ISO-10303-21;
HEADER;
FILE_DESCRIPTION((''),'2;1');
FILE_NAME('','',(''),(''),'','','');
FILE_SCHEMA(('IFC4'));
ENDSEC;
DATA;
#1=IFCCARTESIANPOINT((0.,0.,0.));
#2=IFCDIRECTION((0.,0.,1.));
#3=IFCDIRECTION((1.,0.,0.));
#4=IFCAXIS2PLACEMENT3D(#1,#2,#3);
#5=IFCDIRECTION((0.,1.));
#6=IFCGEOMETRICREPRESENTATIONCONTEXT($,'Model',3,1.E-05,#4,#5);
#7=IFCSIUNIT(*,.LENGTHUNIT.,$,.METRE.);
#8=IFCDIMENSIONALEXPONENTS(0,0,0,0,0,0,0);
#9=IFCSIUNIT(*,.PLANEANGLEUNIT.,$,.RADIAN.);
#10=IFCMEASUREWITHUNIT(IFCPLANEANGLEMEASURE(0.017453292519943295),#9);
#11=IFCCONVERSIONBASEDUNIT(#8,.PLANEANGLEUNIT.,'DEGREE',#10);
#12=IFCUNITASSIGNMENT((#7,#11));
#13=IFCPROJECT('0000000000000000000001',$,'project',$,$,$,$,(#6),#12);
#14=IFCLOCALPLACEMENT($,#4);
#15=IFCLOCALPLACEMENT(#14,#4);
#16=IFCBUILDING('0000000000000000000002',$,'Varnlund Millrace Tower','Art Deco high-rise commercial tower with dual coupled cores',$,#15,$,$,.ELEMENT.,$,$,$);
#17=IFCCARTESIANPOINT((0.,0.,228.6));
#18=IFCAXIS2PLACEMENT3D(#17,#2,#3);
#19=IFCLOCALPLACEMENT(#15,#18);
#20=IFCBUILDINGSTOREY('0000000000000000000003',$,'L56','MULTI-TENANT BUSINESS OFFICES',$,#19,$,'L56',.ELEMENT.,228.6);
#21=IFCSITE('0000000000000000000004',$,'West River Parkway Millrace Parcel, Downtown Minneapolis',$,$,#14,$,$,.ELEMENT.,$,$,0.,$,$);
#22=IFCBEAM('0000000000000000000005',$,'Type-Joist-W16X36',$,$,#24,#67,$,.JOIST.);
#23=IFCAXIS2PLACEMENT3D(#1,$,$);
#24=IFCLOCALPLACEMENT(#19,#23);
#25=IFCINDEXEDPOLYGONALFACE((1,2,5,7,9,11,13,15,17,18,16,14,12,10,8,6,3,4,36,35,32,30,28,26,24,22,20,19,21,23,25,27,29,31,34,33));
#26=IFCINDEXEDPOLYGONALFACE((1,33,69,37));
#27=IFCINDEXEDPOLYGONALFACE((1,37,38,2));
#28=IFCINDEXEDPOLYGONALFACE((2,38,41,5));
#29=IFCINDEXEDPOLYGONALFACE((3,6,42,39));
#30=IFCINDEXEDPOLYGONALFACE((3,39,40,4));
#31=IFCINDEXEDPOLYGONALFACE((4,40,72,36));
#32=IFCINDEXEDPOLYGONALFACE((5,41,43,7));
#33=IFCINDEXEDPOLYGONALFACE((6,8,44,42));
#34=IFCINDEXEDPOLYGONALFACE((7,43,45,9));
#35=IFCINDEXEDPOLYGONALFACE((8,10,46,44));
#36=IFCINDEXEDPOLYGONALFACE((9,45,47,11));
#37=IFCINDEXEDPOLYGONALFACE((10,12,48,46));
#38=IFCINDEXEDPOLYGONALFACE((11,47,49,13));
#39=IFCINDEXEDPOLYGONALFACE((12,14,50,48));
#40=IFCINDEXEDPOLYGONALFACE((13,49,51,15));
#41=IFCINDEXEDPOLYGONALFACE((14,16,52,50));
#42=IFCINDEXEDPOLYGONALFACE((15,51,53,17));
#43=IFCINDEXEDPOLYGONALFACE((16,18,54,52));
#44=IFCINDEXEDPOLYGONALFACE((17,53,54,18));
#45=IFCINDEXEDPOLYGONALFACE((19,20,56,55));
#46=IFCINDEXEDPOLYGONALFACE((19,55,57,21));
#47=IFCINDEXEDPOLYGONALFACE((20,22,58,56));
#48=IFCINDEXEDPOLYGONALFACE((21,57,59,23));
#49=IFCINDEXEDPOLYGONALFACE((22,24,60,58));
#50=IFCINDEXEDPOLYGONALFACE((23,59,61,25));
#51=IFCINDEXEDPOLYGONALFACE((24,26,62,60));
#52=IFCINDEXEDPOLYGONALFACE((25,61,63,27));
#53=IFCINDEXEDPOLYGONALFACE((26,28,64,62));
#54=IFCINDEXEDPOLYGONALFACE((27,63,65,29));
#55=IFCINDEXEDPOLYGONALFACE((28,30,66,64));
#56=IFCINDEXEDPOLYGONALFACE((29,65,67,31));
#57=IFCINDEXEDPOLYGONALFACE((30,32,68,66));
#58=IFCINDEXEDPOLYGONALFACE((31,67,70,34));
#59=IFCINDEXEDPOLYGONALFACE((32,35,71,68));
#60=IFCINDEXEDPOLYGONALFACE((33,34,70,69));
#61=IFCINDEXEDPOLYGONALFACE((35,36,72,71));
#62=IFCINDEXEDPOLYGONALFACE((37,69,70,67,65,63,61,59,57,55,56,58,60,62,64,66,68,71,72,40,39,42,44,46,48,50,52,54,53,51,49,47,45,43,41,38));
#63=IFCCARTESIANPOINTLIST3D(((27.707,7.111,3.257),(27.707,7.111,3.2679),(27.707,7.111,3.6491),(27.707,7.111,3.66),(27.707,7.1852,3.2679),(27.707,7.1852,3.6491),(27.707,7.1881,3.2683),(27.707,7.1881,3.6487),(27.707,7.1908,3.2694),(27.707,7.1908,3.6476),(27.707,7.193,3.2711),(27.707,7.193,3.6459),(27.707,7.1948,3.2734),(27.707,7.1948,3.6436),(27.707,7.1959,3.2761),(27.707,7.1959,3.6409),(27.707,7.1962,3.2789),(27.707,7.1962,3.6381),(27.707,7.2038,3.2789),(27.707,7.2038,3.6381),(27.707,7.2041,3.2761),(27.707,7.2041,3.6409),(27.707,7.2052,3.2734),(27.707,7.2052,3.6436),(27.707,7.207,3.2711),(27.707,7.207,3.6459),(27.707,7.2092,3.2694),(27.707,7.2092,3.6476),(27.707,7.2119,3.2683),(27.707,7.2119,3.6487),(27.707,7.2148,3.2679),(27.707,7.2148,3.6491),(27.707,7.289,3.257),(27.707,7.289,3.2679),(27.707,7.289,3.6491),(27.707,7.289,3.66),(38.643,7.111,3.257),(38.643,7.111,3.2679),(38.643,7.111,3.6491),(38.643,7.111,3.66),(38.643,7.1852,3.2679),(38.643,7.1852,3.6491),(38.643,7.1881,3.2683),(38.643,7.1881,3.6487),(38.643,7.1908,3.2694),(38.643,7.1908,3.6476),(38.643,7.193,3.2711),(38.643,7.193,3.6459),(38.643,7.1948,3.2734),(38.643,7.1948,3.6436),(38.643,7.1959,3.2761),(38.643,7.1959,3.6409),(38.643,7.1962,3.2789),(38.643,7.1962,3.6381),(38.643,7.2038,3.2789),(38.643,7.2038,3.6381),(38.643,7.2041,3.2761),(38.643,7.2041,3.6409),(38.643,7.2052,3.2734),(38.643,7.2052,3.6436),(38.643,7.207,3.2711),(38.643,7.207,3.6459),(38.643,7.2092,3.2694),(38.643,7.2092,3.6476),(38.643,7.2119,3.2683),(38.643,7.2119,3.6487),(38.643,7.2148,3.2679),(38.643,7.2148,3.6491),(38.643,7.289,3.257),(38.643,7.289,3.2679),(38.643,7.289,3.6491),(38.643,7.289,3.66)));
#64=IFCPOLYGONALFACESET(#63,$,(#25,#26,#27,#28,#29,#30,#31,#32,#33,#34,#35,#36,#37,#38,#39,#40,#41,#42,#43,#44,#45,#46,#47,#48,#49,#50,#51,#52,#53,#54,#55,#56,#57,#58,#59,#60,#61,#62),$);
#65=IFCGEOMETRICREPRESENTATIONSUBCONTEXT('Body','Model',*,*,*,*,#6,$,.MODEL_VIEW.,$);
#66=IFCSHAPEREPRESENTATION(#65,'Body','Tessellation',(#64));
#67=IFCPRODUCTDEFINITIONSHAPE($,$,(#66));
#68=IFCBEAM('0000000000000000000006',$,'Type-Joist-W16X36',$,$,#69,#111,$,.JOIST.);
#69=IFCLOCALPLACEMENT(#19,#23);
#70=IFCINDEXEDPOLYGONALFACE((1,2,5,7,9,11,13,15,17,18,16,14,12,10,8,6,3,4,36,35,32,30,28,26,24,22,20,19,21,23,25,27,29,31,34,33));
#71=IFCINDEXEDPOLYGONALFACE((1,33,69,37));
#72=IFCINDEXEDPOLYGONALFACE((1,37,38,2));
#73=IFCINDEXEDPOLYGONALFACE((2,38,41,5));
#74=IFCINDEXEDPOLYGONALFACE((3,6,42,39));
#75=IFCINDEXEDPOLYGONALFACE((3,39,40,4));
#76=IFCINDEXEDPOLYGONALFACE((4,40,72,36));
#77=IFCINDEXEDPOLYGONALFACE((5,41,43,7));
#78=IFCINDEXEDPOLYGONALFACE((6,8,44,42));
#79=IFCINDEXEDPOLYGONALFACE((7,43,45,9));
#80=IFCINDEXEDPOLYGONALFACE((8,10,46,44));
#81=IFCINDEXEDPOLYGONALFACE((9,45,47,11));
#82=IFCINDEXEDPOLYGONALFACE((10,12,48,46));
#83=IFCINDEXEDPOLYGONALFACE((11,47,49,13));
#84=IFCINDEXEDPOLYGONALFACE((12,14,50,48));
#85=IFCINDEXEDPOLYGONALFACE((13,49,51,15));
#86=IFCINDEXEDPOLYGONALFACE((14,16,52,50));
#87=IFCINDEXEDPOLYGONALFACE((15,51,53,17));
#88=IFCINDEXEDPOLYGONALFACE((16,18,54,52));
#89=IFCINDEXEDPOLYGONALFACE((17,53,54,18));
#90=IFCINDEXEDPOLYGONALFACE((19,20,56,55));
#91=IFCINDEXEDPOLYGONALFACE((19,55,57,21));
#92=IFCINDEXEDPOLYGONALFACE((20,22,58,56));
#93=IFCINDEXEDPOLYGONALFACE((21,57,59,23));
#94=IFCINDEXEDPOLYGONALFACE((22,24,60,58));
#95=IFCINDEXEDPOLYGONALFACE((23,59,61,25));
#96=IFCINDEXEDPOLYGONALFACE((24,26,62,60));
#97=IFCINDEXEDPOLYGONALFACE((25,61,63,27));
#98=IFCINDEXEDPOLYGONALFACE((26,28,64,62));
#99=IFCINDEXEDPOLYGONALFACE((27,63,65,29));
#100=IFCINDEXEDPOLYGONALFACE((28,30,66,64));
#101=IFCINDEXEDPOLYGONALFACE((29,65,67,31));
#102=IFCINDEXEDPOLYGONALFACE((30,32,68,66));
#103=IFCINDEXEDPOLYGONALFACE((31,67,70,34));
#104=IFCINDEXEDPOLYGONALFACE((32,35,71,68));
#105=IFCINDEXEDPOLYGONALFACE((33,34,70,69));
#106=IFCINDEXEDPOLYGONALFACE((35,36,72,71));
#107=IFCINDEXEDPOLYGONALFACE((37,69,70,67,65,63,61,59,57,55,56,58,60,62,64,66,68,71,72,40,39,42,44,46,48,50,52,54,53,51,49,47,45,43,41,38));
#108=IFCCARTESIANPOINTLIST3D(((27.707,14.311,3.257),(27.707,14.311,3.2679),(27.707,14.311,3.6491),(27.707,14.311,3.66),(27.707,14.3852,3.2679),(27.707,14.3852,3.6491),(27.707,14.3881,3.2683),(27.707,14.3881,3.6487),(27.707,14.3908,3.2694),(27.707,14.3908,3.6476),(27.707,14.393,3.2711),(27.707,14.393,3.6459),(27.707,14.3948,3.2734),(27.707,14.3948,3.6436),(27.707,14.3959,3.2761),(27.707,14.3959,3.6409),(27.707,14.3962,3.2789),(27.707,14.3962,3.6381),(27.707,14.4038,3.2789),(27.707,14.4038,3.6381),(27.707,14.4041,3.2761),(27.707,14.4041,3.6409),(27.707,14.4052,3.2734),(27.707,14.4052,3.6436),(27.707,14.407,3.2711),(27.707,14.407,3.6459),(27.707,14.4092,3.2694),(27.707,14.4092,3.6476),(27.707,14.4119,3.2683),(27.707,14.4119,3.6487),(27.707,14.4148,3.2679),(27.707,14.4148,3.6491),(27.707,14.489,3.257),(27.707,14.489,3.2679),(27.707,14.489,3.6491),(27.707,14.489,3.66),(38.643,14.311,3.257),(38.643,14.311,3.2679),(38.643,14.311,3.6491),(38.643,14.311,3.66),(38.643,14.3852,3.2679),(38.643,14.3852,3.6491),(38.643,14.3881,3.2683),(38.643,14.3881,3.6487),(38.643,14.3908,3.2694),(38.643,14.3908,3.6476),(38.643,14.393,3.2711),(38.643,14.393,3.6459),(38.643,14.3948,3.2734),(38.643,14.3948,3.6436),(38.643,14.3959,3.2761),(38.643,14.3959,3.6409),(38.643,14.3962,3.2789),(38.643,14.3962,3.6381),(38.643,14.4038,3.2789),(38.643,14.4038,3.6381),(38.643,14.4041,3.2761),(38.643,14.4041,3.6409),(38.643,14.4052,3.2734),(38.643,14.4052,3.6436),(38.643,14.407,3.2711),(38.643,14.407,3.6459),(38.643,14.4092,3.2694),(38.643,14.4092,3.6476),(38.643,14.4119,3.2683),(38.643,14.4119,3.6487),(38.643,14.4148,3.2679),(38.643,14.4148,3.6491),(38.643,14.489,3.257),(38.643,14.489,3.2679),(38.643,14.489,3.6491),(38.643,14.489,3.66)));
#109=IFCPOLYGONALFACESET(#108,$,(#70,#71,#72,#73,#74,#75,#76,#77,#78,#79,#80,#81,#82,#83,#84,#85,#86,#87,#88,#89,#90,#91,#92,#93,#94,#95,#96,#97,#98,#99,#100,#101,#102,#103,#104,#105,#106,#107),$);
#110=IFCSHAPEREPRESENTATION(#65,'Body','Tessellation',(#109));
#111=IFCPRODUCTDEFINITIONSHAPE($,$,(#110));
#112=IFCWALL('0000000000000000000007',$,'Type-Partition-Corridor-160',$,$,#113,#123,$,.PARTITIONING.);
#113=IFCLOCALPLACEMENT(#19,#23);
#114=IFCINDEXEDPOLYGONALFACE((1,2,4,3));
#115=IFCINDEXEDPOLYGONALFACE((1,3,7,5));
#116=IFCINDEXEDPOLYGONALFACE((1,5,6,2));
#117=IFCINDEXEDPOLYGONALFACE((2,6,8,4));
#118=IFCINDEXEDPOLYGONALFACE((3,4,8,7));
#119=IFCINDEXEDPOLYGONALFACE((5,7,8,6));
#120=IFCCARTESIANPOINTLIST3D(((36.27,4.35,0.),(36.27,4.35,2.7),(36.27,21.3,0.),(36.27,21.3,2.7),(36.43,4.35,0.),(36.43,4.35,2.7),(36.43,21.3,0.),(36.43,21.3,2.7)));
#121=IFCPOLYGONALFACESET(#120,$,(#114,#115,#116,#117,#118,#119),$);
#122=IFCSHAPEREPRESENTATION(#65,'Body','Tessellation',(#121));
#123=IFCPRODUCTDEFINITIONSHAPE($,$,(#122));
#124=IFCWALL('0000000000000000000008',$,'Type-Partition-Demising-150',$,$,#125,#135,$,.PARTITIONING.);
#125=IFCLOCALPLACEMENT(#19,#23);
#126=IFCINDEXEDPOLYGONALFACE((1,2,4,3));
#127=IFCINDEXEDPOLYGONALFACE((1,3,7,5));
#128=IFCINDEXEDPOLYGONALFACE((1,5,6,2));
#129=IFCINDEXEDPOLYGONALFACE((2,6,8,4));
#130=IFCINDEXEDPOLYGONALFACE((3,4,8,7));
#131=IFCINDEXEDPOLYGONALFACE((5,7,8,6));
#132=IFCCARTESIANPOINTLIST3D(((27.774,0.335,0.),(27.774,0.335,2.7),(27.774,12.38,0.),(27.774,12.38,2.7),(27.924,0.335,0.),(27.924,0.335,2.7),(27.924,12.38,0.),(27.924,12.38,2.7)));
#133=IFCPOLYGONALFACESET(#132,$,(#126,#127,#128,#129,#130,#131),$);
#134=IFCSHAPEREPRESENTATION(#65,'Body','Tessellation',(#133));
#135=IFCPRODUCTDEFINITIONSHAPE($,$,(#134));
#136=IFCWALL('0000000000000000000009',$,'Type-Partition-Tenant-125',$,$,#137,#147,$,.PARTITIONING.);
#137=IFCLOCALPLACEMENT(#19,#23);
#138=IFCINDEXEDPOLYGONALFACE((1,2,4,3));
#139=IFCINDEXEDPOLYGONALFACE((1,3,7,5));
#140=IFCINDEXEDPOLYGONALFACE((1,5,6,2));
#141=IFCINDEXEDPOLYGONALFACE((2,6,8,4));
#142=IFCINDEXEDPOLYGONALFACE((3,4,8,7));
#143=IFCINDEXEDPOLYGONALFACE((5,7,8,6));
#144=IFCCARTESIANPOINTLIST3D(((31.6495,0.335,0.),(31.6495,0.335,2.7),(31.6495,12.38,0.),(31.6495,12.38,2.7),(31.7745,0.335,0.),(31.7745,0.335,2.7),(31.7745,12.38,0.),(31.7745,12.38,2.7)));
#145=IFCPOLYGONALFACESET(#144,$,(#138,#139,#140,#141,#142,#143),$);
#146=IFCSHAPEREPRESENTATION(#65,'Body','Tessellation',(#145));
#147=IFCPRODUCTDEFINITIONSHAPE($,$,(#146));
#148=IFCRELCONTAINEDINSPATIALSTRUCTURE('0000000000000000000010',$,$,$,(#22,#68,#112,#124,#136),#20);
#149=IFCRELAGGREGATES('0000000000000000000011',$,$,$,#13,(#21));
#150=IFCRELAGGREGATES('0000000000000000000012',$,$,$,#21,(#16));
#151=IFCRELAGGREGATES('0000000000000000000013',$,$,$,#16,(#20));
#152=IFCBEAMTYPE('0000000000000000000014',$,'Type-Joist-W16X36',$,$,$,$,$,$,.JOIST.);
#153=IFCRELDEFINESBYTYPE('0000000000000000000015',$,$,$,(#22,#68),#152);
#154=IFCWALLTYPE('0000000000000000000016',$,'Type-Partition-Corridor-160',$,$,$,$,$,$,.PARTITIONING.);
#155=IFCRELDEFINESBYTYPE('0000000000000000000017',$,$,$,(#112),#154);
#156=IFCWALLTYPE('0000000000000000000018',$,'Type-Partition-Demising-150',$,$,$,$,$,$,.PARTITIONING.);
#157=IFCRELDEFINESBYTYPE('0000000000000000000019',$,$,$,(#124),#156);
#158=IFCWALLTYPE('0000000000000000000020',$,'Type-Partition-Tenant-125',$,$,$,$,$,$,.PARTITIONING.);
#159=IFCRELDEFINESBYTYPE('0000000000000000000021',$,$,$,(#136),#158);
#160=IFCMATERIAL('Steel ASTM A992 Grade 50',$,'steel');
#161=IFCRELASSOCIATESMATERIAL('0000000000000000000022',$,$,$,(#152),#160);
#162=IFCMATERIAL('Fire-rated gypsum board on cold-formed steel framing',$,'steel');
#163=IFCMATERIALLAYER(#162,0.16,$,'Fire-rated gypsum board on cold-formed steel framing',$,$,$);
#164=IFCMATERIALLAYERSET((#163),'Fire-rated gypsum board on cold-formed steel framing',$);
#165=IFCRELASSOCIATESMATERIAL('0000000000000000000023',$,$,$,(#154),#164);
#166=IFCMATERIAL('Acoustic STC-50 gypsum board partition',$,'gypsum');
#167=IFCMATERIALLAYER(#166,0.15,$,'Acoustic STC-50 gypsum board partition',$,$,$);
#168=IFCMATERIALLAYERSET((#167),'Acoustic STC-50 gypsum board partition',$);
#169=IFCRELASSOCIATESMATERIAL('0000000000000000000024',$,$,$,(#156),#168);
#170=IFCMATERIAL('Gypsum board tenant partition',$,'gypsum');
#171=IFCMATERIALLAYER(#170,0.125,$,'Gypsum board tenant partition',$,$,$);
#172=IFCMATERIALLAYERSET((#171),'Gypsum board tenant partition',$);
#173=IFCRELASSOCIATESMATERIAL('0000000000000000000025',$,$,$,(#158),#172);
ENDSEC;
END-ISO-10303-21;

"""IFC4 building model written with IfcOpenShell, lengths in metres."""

from ifc_helpers import new_model, entity, si_unit, converted_unit, direction, frame, origin_with_axes, origin_2d_with_axis, place, context, subcontext, project, spatial, polyline, i_section, outline, extrude, material, layer, layer_set, material_profile, profile_set, type_object, element, save


model = new_model("IFC4")

# Units and contexts
model_context = context("Model", 3, precision=1e-05, world=origin_with_axes(), true_north=direction((0.0, 1.0)))
body_context = subcontext(model_context, "Body", "Model", "MODEL_VIEW")
ifc_project = project(units=[si_unit("LENGTHUNIT", "METRE"), converted_unit("PLANEANGLEUNIT", "DEGREE", entity("IfcPlaneAngleMeasure", 0.017453292519943295), si_unit("PLANEANGLEUNIT", "RADIAN"), dimensions=[0, 0, 0, 0, 0, 0, 0])], contexts=[model_context])

# Site, building, storey
site_placement = place(None, origin_with_axes())
site = spatial("IfcSite", under=ifc_project, at=site_placement, Name="West River Parkway Millrace Parcel, Downtown Minneapolis", CompositionType="ELEMENT", RefElevation=0.0)
building_placement = place(site_placement, origin_with_axes())
building = spatial("IfcBuilding", under=site, at=building_placement, Name="Varnlund Millrace Tower", Description="Art Deco high-rise commercial tower with dual coupled cores", CompositionType="ELEMENT")
storey_placement = place(building_placement, frame((0.0, 0.0, 228.6), z_axis=(0.0, 0.0, 1.0), x_axis=(1.0, 0.0, 0.0)))
storey = spatial("IfcBuildingStorey", under=building, at=storey_placement, Name="L56", Description="MULTI-TENANT BUSINESS OFFICES", LongName="L56", CompositionType="ELEMENT", Elevation=228.6)

# Beams
ifc_material_1 = material(Name="Steel ASTM A992 Grade 50", Category="steel")
ifc_material_profile_1 = material_profile(ifc_material_1, i_section(OverallWidth=0.178, OverallDepth=0.403, WebThickness=0.0075, FlangeThickness=0.0109, FilletRadius=0.011, at=origin_2d_with_axis()), Name="Steel ASTM A992 Grade 50")
ifc_profile_set_1 = profile_set([ifc_material_profile_1], Name="Steel ASTM A992 Grade 50")
beam_type_1 = type_object("IfcBeamType", Name="Type-Joist-W16X36", PredefinedType="JOIST", material=ifc_profile_set_1)
for number, where, z_axis, x_axis, name in (
    (1, (27.707, 7.2, 3.4585), (1.0, 0.0, 0.0), (0.0, 1.0, 0.0), "Type-Joist-W16X36"),
    (2, (27.707, 14.4, 3.4585), (1.0, 0.0, 0.0), (0.0, 1.0, 0.0), "Type-Joist-W16X36"),
):
    element("IfcBeam", number, at=place(storey_placement, frame(where, z_axis=z_axis, x_axis=x_axis)), inside=storey, type_object=beam_type_1, Name=name, PredefinedType="JOIST", context=body_context, shape_type="SweptSolid", body=[
        extrude(i_section(OverallWidth=0.178, OverallDepth=0.403, WebThickness=0.0075, FlangeThickness=0.0109, FilletRadius=0.011, at=origin_2d_with_axis()), origin_with_axes(), (0.0, 0.0, 1.0), 10.936),
    ])

# Walls
ifc_material_2 = material(Name="Fire-rated gypsum board on cold-formed steel framing", Category="steel")
ifc_layer_1 = layer(ifc_material_2, 0.16, Name="Fire-rated gypsum board on cold-formed steel framing")
ifc_layer_set_1 = layer_set([ifc_layer_1], Name="Fire-rated gypsum board on cold-formed steel framing")
wall_type_1 = type_object("IfcWallType", Name="Type-Partition-Corridor-160", PredefinedType="PARTITIONING", material=ifc_layer_set_1)
wall_1_placement = place(storey_placement, frame((36.35, 4.35, 0.0), z_axis=(0.0, 0.0, 1.0), x_axis=(0.0, 1.0, 0.0)))
element("IfcWall", 3, at=wall_1_placement, inside=storey, type_object=wall_type_1, Name="Type-Partition-Corridor-160", PredefinedType="PARTITIONING", context=body_context, shape_type="SweptSolid", body=[
    extrude(outline(polyline([(0.0, -0.08), (16.95, -0.08), (16.95, 0.08), (0.0, 0.08), (0.0, -0.08)])), origin_with_axes(), (0.0, 0.0, 1.0), 2.7),
])
ifc_material_3 = material(Name="Acoustic STC-50 gypsum board partition", Category="gypsum")
ifc_layer_2 = layer(ifc_material_3, 0.15, Name="Acoustic STC-50 gypsum board partition")
ifc_layer_set_2 = layer_set([ifc_layer_2], Name="Acoustic STC-50 gypsum board partition")
wall_type_2 = type_object("IfcWallType", Name="Type-Partition-Demising-150", PredefinedType="PARTITIONING", material=ifc_layer_set_2)
wall_2_placement = place(storey_placement, frame((27.849, 0.335, 0.0), z_axis=(0.0, 0.0, 1.0), x_axis=(0.0, 1.0, 0.0)))
element("IfcWall", 4, at=wall_2_placement, inside=storey, type_object=wall_type_2, Name="Type-Partition-Demising-150", PredefinedType="PARTITIONING", context=body_context, shape_type="SweptSolid", body=[
    extrude(outline(polyline([(0.0, -0.075), (12.045, -0.075), (12.045, 0.075), (0.0, 0.075), (0.0, -0.075)])), origin_with_axes(), (0.0, 0.0, 1.0), 2.7),
])
ifc_material_4 = material(Name="Gypsum board tenant partition", Category="gypsum")
ifc_layer_3 = layer(ifc_material_4, 0.125, Name="Gypsum board tenant partition")
ifc_layer_set_3 = layer_set([ifc_layer_3], Name="Gypsum board tenant partition")
wall_type_3 = type_object("IfcWallType", Name="Type-Partition-Tenant-125", PredefinedType="PARTITIONING", material=ifc_layer_set_3)
wall_3_placement = place(storey_placement, frame((31.712, 0.335, 0.0), z_axis=(0.0, 0.0, 1.0), x_axis=(0.0, 1.0, 0.0)))
element("IfcWall", 5, at=wall_3_placement, inside=storey, type_object=wall_type_3, Name="Type-Partition-Tenant-125", PredefinedType="PARTITIONING", context=body_context, shape_type="SweptSolid", body=[
    extrude(outline(polyline([(0.0, -0.0625), (12.045, -0.0625), (12.045, 0.0625), (0.0, 0.0625), (0.0, -0.0625)])), origin_with_axes(), (0.0, 0.0, 1.0), 2.7),
])

save(model, "model.ifc")
